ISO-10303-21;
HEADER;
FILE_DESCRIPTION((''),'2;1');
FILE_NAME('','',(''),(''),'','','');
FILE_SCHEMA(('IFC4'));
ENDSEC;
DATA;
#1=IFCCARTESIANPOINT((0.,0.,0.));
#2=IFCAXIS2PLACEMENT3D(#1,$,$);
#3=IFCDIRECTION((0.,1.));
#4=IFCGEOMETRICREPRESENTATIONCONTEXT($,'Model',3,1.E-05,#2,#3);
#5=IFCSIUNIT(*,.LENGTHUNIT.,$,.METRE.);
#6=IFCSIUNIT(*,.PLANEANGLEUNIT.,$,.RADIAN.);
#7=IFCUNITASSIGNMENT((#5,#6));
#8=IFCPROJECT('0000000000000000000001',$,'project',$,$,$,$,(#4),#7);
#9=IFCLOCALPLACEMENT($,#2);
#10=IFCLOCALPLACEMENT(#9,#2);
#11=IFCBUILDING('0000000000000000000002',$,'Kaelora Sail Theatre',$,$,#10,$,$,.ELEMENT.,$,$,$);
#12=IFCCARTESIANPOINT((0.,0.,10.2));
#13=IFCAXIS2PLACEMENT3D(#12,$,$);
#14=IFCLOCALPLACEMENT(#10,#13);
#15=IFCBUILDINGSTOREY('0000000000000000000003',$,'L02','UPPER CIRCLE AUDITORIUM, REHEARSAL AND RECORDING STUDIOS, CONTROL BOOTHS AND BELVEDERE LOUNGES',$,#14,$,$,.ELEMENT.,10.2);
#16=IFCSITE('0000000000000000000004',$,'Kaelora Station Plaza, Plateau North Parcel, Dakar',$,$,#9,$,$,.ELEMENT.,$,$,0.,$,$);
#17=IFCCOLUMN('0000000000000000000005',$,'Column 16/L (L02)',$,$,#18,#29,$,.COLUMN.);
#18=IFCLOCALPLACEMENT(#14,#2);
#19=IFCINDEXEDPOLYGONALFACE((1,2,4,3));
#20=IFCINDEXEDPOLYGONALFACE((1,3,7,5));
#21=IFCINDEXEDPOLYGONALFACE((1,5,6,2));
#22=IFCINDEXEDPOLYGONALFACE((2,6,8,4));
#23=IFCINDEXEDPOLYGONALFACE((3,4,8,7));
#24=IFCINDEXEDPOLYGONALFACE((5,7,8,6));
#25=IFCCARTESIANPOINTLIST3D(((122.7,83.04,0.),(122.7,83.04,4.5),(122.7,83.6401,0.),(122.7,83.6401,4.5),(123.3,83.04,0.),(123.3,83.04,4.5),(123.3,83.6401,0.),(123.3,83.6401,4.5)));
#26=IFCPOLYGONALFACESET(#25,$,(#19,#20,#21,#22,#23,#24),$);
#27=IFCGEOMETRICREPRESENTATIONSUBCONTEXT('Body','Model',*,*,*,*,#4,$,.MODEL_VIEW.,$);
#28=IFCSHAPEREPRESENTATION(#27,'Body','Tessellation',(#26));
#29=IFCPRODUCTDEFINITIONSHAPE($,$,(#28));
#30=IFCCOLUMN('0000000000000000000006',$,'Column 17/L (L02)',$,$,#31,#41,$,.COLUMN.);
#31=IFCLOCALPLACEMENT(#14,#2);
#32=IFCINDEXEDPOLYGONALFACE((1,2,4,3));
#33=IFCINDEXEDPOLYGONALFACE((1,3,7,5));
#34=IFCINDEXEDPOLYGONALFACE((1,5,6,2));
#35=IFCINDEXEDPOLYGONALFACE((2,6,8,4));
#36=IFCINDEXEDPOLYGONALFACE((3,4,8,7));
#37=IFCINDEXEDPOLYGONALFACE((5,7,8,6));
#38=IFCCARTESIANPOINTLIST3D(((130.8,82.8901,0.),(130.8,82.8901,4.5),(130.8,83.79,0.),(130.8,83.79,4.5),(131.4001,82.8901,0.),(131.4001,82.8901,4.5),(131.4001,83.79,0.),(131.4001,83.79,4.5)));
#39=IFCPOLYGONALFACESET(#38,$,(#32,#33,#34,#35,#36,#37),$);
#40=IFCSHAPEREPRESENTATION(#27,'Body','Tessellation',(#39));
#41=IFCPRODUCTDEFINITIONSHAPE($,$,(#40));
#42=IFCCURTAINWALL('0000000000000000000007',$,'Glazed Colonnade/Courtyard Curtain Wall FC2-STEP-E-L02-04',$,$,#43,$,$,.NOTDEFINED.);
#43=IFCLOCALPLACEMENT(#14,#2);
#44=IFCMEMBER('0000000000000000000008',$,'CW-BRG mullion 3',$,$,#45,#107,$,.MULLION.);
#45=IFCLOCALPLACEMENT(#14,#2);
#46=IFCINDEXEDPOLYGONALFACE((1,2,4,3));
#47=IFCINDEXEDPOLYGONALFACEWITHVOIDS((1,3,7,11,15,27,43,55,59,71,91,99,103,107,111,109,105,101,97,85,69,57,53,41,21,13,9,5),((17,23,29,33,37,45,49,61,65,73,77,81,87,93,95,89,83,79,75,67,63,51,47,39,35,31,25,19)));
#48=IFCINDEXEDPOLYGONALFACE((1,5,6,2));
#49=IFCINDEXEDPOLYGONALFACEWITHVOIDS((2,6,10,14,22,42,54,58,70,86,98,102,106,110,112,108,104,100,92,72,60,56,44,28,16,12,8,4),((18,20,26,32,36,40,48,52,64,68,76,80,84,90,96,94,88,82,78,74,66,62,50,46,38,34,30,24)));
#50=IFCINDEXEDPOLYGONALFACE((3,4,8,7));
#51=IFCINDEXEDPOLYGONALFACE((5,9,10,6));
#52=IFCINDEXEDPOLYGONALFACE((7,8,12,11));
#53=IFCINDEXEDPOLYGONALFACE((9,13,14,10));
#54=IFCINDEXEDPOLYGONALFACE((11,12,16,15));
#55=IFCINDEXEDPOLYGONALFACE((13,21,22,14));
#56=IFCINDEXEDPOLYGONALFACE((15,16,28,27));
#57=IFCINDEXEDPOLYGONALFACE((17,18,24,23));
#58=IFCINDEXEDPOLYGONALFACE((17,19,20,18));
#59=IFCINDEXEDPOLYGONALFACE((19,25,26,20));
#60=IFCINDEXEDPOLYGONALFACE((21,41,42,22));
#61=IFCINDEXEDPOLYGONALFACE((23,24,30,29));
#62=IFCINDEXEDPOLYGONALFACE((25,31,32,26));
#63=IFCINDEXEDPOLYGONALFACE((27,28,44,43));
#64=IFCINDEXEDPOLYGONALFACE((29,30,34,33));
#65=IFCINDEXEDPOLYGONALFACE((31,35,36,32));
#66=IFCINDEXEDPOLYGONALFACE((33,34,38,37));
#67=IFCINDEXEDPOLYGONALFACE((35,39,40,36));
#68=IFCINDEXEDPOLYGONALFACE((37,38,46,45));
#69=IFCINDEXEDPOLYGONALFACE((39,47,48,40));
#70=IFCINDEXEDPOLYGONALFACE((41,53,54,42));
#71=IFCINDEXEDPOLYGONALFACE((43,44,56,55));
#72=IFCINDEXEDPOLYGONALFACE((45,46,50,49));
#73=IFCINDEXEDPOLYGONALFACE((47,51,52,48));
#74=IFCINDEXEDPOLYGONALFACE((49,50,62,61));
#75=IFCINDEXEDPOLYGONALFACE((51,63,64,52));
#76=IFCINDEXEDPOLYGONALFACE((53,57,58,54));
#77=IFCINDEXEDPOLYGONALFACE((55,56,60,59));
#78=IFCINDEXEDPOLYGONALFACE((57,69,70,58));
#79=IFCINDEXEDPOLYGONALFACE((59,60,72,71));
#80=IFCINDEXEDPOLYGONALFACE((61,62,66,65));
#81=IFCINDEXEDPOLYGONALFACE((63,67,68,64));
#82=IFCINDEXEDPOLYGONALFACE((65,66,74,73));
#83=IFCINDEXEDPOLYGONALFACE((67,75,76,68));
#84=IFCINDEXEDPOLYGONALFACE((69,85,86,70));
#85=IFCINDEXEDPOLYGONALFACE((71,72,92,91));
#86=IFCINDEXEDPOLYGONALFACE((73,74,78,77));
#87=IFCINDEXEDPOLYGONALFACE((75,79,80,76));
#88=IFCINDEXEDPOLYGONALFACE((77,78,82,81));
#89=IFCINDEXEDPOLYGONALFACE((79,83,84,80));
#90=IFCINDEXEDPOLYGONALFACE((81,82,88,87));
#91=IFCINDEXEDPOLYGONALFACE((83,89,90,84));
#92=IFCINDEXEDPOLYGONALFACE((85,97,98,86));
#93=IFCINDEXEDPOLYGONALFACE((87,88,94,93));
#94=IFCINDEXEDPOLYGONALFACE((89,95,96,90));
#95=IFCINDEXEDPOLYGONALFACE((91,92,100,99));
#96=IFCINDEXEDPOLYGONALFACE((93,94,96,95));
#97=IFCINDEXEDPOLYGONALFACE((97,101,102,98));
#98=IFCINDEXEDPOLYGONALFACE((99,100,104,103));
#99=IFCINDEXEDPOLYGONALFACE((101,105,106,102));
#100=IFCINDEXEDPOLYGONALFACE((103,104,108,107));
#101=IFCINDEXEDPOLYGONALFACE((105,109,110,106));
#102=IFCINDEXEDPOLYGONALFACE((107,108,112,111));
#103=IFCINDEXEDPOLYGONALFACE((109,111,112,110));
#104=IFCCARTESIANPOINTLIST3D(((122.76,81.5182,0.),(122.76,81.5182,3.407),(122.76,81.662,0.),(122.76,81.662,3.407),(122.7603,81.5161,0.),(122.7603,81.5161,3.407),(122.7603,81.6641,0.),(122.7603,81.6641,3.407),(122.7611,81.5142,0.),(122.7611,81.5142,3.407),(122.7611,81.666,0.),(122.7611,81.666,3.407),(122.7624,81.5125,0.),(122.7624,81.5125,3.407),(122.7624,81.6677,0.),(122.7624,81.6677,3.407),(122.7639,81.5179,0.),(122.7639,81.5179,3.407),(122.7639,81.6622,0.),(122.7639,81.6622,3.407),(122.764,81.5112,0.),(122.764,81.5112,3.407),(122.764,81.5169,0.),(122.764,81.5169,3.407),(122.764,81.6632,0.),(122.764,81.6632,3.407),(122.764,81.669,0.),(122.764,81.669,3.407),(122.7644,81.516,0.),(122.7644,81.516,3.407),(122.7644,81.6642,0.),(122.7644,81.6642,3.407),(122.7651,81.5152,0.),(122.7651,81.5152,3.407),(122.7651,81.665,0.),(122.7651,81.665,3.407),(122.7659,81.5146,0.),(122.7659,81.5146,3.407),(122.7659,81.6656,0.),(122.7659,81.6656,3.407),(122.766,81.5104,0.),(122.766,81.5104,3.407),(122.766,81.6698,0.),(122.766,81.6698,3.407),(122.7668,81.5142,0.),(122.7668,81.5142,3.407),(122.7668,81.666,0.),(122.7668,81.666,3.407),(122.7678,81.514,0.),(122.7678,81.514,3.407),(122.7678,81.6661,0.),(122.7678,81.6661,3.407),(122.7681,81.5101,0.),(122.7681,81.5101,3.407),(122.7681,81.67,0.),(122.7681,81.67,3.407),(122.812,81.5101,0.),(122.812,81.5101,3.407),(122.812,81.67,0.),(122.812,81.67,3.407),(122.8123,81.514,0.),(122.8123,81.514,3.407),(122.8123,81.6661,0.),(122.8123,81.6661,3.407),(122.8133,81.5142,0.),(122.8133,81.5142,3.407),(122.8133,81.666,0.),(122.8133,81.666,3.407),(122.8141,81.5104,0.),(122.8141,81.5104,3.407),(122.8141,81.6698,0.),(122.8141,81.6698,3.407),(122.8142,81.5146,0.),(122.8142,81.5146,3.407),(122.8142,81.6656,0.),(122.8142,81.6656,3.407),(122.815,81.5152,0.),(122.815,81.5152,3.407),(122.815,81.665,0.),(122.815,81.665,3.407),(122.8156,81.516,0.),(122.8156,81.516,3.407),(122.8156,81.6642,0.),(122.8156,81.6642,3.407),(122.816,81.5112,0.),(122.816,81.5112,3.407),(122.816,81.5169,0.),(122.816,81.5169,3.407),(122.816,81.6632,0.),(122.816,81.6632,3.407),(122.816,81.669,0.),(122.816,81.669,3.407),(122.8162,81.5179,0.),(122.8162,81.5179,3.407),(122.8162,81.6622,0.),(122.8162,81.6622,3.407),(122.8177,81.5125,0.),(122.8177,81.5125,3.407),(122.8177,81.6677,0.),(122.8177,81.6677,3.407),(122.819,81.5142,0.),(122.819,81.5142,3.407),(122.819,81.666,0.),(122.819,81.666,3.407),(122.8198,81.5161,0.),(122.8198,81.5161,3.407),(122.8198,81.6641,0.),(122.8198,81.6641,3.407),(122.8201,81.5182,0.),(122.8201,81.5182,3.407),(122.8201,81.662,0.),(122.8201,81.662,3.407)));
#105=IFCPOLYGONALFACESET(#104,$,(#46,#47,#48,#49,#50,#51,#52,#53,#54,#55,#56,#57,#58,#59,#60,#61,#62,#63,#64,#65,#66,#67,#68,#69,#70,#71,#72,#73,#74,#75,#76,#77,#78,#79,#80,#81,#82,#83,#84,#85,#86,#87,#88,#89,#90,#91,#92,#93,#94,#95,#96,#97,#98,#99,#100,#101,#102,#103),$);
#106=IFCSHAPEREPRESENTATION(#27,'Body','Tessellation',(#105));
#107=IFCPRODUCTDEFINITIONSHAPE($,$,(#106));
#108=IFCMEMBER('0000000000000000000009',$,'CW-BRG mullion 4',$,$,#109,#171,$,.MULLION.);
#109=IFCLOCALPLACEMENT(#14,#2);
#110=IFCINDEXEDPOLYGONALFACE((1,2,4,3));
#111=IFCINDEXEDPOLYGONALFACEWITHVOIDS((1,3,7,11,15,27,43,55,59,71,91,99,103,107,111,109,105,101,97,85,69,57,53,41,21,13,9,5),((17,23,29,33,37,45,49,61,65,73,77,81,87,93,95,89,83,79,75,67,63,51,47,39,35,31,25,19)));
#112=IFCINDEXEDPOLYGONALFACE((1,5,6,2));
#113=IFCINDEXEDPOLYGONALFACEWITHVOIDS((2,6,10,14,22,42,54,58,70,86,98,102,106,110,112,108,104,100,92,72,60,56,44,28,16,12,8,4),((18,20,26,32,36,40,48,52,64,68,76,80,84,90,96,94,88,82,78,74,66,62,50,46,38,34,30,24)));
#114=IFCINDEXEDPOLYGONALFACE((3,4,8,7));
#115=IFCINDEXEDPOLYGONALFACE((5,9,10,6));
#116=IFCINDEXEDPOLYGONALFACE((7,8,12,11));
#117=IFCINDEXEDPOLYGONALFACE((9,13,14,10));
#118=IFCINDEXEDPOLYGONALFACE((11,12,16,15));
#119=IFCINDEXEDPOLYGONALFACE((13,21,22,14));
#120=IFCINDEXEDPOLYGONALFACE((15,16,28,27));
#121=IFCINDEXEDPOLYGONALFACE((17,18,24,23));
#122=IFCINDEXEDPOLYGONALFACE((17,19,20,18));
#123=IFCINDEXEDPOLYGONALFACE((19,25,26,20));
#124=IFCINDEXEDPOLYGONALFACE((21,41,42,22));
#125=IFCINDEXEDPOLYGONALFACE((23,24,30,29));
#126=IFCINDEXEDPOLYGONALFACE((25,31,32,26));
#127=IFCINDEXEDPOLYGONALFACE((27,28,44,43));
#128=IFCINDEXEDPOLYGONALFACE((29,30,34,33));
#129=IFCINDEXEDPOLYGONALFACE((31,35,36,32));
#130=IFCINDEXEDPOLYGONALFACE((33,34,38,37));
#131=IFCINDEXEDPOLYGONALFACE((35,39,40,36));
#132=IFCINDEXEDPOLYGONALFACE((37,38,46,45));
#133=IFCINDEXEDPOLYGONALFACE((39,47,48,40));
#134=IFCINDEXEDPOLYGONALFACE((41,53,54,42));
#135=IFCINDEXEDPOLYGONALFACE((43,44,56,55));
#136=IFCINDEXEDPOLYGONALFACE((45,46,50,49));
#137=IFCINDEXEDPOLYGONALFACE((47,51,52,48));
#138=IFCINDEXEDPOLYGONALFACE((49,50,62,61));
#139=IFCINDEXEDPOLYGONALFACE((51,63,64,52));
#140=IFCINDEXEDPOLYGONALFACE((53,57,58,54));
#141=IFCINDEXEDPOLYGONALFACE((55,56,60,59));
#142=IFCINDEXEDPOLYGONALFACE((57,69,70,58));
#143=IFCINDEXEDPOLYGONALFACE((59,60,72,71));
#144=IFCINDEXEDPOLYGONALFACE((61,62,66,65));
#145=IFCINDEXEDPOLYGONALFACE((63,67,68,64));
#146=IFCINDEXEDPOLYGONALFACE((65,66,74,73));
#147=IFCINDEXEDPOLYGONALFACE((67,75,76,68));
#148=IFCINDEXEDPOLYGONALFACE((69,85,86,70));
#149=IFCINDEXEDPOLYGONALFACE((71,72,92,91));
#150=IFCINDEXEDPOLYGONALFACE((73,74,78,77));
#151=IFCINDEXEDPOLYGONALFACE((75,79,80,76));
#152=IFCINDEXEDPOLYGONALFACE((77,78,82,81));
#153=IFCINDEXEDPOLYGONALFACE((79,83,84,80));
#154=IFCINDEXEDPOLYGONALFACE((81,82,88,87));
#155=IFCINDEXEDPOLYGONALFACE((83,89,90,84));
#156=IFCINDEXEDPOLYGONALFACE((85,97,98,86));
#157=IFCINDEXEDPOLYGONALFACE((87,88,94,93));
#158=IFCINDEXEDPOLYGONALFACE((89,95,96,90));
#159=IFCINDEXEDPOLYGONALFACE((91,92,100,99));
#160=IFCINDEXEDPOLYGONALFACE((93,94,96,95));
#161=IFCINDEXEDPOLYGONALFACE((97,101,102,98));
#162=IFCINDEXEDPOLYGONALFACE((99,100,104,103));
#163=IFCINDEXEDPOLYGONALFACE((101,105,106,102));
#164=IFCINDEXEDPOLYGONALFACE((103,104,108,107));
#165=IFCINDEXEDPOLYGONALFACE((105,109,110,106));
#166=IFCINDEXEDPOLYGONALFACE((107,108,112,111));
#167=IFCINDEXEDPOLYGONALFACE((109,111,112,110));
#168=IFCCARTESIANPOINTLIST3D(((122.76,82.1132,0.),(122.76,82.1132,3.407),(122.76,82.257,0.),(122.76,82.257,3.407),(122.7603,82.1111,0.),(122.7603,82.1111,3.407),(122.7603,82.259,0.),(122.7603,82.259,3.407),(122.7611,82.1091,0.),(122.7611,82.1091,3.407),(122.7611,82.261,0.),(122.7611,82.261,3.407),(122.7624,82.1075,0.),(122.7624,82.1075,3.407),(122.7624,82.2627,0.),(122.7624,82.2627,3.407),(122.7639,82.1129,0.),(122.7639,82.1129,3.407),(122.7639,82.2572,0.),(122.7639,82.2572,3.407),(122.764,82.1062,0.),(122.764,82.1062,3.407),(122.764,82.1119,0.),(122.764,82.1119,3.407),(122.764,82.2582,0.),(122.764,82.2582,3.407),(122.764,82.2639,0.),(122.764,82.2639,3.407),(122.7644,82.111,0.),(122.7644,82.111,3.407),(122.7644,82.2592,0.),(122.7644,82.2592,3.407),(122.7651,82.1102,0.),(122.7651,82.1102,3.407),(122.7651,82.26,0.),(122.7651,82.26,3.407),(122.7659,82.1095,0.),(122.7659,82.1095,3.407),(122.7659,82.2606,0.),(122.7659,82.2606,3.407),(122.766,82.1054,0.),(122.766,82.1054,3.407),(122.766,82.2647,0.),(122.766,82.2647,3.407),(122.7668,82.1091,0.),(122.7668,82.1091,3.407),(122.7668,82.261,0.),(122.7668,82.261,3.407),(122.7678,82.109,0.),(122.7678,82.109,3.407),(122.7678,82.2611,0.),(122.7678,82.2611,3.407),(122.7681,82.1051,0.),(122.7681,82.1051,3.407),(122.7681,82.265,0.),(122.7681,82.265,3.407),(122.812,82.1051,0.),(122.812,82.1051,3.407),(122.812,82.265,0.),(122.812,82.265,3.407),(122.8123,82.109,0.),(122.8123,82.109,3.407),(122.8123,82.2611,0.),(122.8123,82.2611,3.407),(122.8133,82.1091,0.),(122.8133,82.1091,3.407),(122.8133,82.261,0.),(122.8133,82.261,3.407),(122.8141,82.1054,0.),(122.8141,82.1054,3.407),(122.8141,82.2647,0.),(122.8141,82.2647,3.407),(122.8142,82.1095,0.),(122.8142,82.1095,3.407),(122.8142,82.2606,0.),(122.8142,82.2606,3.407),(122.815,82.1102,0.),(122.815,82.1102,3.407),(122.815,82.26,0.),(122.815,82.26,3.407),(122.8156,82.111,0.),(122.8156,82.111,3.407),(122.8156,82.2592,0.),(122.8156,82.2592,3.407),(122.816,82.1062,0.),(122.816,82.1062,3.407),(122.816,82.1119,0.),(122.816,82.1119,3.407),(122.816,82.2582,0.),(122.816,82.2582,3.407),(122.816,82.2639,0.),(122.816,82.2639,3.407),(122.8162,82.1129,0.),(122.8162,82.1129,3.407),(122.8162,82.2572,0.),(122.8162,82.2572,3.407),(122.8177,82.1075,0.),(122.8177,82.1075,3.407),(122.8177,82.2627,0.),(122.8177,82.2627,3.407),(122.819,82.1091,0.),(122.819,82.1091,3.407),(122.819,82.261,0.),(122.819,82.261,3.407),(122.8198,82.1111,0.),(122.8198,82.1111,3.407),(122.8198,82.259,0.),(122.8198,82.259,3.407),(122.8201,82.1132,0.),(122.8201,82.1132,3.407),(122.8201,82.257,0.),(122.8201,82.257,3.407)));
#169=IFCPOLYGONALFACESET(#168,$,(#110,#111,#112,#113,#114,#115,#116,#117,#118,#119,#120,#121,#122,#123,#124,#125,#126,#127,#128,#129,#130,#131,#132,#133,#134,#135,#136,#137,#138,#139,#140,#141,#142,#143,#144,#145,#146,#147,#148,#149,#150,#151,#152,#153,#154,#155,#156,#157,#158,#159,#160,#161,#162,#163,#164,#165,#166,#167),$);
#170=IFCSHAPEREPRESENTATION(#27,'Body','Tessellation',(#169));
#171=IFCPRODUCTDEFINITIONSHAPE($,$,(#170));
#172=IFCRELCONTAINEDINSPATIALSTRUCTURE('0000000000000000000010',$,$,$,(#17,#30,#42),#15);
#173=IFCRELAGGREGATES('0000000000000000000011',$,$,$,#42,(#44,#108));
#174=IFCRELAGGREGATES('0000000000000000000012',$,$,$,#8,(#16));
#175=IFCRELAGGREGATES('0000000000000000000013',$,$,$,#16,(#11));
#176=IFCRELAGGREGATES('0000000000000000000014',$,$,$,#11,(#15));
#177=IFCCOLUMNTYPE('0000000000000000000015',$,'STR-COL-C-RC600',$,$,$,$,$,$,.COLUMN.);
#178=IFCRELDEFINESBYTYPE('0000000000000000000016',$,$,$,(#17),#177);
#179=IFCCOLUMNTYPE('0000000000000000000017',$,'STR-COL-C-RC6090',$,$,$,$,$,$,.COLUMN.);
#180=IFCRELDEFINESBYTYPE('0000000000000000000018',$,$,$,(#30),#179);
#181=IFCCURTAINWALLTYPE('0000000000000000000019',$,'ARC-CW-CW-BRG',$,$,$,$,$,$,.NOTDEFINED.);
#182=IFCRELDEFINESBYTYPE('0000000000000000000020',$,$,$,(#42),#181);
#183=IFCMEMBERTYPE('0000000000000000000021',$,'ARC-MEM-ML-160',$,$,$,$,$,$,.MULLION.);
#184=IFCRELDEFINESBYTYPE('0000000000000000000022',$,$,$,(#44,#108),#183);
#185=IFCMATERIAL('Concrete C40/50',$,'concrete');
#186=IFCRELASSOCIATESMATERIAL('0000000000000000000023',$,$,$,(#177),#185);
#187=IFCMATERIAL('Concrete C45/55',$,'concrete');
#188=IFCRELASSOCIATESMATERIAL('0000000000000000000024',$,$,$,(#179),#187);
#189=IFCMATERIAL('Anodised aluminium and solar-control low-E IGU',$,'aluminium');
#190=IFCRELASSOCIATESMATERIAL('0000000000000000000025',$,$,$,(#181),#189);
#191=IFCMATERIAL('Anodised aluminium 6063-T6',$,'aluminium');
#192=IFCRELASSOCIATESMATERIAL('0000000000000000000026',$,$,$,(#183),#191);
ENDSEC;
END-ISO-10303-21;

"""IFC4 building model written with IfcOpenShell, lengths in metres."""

from ifc_helpers import new_model, si_unit, direction, frame, origin, origin_2d, place, context, subcontext, project, spatial, rectangle, hollow_rectangle, extrude, material, material_profile, profile_set, type_object, element, aggregate, save


model = new_model("IFC4")

# Units and contexts
model_context = context("Model", 3, precision=1e-05, world=origin(), true_north=direction((0.0, 1.0)))
body_context = subcontext(model_context, "Body", "Model", "MODEL_VIEW")
ifc_project = project(units=[si_unit("LENGTHUNIT", "METRE"), si_unit("PLANEANGLEUNIT", "RADIAN")], contexts=[model_context])

# Site, building, storey
site_placement = place(None, origin())
site = spatial("IfcSite", under=ifc_project, at=site_placement, Name="Kaelora Station Plaza, Plateau North Parcel, Dakar", CompositionType="ELEMENT", RefElevation=0.0)
building_placement = place(site_placement, origin())
building = spatial("IfcBuilding", under=site, at=building_placement, Name="Kaelora Sail Theatre", CompositionType="ELEMENT")
storey_placement = place(building_placement, frame((0.0, 0.0, 10.2)))
storey = spatial("IfcBuildingStorey", under=building, at=storey_placement, Name="L02", Description="UPPER CIRCLE AUDITORIUM, REHEARSAL AND RECORDING STUDIOS, CONTROL BOOTHS AND BELVEDERE LOUNGES", CompositionType="ELEMENT", Elevation=10.2)

# Columns
ifc_material_1 = material(Name="Concrete C40/50", Category="concrete")
ifc_material_profile_1 = material_profile(ifc_material_1, rectangle(XDim=0.6001, YDim=0.6001, at=origin_2d()), Name="RC-COL 600x600")
ifc_profile_set_1 = profile_set([ifc_material_profile_1], Name="Concrete C40/50")
column_type_1 = type_object("IfcColumnType", Name="STR-COL-C-RC600", PredefinedType="COLUMN", material=ifc_profile_set_1)
column_1_placement = place(storey_placement, frame((123.0, 83.3401, 0.0), z_axis=(0.0, 0.0, 1.0), x_axis=(1.0, 0.0, 0.0)))
element("IfcColumn", 1, at=column_1_placement, inside=storey, type_object=column_type_1, Name="Column 16/L (L02)", PredefinedType="COLUMN", context=body_context, shape_type="SweptSolid", body=[
    extrude(rectangle(XDim=0.6001, YDim=0.6001, at=origin_2d()), origin(), (0.0, 0.0, 1.0), 4.5),
])
ifc_material_2 = material(Name="Concrete C45/55", Category="concrete")
ifc_material_profile_2 = material_profile(ifc_material_2, rectangle(XDim=0.6001, YDim=0.8999, at=origin_2d()), Name="RC-COL 600x900")
ifc_profile_set_2 = profile_set([ifc_material_profile_2], Name="Concrete C45/55")
column_type_2 = type_object("IfcColumnType", Name="STR-COL-C-RC6090", PredefinedType="COLUMN", material=ifc_profile_set_2)
column_2_placement = place(storey_placement, frame((131.1001, 83.3401, 0.0), z_axis=(0.0, 0.0, 1.0), x_axis=(1.0, 0.0, 0.0)))
element("IfcColumn", 2, at=column_2_placement, inside=storey, type_object=column_type_2, Name="Column 17/L (L02)", PredefinedType="COLUMN", context=body_context, shape_type="SweptSolid", body=[
    extrude(rectangle(XDim=0.6001, YDim=0.8999, at=origin_2d()), origin(), (0.0, 0.0, 1.0), 4.5),
])

# Curtain wall, members
ifc_material_3 = material(Name="Anodised aluminium and solar-control low-E IGU", Category="aluminium")
curtain_wall_type = type_object("IfcCurtainWallType", Name="ARC-CW-CW-BRG", PredefinedType="NOTDEFINED", material=ifc_material_3)
curtain_wall_placement = place(storey_placement, origin())
curtain_wall = element("IfcCurtainWall", 3, at=curtain_wall_placement, inside=storey, type_object=curtain_wall_type, Name="Glazed Colonnade/Courtyard Curtain Wall FC2-STEP-E-L02-04", PredefinedType="NOTDEFINED")
ifc_material_4 = material(Name="Anodised aluminium 6063-T6", Category="aluminium")
ifc_material_profile_3 = material_profile(ifc_material_4, hollow_rectangle(XDim=0.0601, YDim=0.1599, WallThickness=0.0039, InnerFilletRadius=0.0039, OuterFilletRadius=0.0081, at=origin_2d()), Name="ALU-MULL 60x160x4")
ifc_profile_set_3 = profile_set([ifc_material_profile_3], Name="Anodised aluminium 6063-T6")
member_type_1 = type_object("IfcMemberType", Name="ARC-MEM-ML-160", PredefinedType="MULLION", material=ifc_profile_set_3)
member_1_placement = place(storey_placement, frame((122.79, 81.5901, 0.0), z_axis=(0.0, 0.0, 1.0), x_axis=(-1.0, 0.0, 0.0)))
member_1 = element("IfcMember", 4, at=member_1_placement, type_object=member_type_1, Name="CW-BRG mullion 3", PredefinedType="MULLION", context=body_context, shape_type="SweptSolid", body=[
    extrude(hollow_rectangle(XDim=0.0601, YDim=0.1599, WallThickness=0.0039, InnerFilletRadius=0.0039, OuterFilletRadius=0.0081, at=origin_2d()), origin(), (0.0, 0.0, 1.0), 3.407),
])
member_2_placement = place(storey_placement, frame((122.79, 82.1851, 0.0), z_axis=(0.0, 0.0, 1.0), x_axis=(-1.0, 0.0, 0.0)))
member_2 = element("IfcMember", 5, at=member_2_placement, type_object=member_type_1, Name="CW-BRG mullion 4", PredefinedType="MULLION", context=body_context, shape_type="SweptSolid", body=[
    extrude(hollow_rectangle(XDim=0.0601, YDim=0.1599, WallThickness=0.0039, InnerFilletRadius=0.0039, OuterFilletRadius=0.0081, at=origin_2d()), origin(), (0.0, 0.0, 1.0), 3.407),
])

aggregate(curtain_wall, [member_1, member_2])

save(model, "model.ifc")
